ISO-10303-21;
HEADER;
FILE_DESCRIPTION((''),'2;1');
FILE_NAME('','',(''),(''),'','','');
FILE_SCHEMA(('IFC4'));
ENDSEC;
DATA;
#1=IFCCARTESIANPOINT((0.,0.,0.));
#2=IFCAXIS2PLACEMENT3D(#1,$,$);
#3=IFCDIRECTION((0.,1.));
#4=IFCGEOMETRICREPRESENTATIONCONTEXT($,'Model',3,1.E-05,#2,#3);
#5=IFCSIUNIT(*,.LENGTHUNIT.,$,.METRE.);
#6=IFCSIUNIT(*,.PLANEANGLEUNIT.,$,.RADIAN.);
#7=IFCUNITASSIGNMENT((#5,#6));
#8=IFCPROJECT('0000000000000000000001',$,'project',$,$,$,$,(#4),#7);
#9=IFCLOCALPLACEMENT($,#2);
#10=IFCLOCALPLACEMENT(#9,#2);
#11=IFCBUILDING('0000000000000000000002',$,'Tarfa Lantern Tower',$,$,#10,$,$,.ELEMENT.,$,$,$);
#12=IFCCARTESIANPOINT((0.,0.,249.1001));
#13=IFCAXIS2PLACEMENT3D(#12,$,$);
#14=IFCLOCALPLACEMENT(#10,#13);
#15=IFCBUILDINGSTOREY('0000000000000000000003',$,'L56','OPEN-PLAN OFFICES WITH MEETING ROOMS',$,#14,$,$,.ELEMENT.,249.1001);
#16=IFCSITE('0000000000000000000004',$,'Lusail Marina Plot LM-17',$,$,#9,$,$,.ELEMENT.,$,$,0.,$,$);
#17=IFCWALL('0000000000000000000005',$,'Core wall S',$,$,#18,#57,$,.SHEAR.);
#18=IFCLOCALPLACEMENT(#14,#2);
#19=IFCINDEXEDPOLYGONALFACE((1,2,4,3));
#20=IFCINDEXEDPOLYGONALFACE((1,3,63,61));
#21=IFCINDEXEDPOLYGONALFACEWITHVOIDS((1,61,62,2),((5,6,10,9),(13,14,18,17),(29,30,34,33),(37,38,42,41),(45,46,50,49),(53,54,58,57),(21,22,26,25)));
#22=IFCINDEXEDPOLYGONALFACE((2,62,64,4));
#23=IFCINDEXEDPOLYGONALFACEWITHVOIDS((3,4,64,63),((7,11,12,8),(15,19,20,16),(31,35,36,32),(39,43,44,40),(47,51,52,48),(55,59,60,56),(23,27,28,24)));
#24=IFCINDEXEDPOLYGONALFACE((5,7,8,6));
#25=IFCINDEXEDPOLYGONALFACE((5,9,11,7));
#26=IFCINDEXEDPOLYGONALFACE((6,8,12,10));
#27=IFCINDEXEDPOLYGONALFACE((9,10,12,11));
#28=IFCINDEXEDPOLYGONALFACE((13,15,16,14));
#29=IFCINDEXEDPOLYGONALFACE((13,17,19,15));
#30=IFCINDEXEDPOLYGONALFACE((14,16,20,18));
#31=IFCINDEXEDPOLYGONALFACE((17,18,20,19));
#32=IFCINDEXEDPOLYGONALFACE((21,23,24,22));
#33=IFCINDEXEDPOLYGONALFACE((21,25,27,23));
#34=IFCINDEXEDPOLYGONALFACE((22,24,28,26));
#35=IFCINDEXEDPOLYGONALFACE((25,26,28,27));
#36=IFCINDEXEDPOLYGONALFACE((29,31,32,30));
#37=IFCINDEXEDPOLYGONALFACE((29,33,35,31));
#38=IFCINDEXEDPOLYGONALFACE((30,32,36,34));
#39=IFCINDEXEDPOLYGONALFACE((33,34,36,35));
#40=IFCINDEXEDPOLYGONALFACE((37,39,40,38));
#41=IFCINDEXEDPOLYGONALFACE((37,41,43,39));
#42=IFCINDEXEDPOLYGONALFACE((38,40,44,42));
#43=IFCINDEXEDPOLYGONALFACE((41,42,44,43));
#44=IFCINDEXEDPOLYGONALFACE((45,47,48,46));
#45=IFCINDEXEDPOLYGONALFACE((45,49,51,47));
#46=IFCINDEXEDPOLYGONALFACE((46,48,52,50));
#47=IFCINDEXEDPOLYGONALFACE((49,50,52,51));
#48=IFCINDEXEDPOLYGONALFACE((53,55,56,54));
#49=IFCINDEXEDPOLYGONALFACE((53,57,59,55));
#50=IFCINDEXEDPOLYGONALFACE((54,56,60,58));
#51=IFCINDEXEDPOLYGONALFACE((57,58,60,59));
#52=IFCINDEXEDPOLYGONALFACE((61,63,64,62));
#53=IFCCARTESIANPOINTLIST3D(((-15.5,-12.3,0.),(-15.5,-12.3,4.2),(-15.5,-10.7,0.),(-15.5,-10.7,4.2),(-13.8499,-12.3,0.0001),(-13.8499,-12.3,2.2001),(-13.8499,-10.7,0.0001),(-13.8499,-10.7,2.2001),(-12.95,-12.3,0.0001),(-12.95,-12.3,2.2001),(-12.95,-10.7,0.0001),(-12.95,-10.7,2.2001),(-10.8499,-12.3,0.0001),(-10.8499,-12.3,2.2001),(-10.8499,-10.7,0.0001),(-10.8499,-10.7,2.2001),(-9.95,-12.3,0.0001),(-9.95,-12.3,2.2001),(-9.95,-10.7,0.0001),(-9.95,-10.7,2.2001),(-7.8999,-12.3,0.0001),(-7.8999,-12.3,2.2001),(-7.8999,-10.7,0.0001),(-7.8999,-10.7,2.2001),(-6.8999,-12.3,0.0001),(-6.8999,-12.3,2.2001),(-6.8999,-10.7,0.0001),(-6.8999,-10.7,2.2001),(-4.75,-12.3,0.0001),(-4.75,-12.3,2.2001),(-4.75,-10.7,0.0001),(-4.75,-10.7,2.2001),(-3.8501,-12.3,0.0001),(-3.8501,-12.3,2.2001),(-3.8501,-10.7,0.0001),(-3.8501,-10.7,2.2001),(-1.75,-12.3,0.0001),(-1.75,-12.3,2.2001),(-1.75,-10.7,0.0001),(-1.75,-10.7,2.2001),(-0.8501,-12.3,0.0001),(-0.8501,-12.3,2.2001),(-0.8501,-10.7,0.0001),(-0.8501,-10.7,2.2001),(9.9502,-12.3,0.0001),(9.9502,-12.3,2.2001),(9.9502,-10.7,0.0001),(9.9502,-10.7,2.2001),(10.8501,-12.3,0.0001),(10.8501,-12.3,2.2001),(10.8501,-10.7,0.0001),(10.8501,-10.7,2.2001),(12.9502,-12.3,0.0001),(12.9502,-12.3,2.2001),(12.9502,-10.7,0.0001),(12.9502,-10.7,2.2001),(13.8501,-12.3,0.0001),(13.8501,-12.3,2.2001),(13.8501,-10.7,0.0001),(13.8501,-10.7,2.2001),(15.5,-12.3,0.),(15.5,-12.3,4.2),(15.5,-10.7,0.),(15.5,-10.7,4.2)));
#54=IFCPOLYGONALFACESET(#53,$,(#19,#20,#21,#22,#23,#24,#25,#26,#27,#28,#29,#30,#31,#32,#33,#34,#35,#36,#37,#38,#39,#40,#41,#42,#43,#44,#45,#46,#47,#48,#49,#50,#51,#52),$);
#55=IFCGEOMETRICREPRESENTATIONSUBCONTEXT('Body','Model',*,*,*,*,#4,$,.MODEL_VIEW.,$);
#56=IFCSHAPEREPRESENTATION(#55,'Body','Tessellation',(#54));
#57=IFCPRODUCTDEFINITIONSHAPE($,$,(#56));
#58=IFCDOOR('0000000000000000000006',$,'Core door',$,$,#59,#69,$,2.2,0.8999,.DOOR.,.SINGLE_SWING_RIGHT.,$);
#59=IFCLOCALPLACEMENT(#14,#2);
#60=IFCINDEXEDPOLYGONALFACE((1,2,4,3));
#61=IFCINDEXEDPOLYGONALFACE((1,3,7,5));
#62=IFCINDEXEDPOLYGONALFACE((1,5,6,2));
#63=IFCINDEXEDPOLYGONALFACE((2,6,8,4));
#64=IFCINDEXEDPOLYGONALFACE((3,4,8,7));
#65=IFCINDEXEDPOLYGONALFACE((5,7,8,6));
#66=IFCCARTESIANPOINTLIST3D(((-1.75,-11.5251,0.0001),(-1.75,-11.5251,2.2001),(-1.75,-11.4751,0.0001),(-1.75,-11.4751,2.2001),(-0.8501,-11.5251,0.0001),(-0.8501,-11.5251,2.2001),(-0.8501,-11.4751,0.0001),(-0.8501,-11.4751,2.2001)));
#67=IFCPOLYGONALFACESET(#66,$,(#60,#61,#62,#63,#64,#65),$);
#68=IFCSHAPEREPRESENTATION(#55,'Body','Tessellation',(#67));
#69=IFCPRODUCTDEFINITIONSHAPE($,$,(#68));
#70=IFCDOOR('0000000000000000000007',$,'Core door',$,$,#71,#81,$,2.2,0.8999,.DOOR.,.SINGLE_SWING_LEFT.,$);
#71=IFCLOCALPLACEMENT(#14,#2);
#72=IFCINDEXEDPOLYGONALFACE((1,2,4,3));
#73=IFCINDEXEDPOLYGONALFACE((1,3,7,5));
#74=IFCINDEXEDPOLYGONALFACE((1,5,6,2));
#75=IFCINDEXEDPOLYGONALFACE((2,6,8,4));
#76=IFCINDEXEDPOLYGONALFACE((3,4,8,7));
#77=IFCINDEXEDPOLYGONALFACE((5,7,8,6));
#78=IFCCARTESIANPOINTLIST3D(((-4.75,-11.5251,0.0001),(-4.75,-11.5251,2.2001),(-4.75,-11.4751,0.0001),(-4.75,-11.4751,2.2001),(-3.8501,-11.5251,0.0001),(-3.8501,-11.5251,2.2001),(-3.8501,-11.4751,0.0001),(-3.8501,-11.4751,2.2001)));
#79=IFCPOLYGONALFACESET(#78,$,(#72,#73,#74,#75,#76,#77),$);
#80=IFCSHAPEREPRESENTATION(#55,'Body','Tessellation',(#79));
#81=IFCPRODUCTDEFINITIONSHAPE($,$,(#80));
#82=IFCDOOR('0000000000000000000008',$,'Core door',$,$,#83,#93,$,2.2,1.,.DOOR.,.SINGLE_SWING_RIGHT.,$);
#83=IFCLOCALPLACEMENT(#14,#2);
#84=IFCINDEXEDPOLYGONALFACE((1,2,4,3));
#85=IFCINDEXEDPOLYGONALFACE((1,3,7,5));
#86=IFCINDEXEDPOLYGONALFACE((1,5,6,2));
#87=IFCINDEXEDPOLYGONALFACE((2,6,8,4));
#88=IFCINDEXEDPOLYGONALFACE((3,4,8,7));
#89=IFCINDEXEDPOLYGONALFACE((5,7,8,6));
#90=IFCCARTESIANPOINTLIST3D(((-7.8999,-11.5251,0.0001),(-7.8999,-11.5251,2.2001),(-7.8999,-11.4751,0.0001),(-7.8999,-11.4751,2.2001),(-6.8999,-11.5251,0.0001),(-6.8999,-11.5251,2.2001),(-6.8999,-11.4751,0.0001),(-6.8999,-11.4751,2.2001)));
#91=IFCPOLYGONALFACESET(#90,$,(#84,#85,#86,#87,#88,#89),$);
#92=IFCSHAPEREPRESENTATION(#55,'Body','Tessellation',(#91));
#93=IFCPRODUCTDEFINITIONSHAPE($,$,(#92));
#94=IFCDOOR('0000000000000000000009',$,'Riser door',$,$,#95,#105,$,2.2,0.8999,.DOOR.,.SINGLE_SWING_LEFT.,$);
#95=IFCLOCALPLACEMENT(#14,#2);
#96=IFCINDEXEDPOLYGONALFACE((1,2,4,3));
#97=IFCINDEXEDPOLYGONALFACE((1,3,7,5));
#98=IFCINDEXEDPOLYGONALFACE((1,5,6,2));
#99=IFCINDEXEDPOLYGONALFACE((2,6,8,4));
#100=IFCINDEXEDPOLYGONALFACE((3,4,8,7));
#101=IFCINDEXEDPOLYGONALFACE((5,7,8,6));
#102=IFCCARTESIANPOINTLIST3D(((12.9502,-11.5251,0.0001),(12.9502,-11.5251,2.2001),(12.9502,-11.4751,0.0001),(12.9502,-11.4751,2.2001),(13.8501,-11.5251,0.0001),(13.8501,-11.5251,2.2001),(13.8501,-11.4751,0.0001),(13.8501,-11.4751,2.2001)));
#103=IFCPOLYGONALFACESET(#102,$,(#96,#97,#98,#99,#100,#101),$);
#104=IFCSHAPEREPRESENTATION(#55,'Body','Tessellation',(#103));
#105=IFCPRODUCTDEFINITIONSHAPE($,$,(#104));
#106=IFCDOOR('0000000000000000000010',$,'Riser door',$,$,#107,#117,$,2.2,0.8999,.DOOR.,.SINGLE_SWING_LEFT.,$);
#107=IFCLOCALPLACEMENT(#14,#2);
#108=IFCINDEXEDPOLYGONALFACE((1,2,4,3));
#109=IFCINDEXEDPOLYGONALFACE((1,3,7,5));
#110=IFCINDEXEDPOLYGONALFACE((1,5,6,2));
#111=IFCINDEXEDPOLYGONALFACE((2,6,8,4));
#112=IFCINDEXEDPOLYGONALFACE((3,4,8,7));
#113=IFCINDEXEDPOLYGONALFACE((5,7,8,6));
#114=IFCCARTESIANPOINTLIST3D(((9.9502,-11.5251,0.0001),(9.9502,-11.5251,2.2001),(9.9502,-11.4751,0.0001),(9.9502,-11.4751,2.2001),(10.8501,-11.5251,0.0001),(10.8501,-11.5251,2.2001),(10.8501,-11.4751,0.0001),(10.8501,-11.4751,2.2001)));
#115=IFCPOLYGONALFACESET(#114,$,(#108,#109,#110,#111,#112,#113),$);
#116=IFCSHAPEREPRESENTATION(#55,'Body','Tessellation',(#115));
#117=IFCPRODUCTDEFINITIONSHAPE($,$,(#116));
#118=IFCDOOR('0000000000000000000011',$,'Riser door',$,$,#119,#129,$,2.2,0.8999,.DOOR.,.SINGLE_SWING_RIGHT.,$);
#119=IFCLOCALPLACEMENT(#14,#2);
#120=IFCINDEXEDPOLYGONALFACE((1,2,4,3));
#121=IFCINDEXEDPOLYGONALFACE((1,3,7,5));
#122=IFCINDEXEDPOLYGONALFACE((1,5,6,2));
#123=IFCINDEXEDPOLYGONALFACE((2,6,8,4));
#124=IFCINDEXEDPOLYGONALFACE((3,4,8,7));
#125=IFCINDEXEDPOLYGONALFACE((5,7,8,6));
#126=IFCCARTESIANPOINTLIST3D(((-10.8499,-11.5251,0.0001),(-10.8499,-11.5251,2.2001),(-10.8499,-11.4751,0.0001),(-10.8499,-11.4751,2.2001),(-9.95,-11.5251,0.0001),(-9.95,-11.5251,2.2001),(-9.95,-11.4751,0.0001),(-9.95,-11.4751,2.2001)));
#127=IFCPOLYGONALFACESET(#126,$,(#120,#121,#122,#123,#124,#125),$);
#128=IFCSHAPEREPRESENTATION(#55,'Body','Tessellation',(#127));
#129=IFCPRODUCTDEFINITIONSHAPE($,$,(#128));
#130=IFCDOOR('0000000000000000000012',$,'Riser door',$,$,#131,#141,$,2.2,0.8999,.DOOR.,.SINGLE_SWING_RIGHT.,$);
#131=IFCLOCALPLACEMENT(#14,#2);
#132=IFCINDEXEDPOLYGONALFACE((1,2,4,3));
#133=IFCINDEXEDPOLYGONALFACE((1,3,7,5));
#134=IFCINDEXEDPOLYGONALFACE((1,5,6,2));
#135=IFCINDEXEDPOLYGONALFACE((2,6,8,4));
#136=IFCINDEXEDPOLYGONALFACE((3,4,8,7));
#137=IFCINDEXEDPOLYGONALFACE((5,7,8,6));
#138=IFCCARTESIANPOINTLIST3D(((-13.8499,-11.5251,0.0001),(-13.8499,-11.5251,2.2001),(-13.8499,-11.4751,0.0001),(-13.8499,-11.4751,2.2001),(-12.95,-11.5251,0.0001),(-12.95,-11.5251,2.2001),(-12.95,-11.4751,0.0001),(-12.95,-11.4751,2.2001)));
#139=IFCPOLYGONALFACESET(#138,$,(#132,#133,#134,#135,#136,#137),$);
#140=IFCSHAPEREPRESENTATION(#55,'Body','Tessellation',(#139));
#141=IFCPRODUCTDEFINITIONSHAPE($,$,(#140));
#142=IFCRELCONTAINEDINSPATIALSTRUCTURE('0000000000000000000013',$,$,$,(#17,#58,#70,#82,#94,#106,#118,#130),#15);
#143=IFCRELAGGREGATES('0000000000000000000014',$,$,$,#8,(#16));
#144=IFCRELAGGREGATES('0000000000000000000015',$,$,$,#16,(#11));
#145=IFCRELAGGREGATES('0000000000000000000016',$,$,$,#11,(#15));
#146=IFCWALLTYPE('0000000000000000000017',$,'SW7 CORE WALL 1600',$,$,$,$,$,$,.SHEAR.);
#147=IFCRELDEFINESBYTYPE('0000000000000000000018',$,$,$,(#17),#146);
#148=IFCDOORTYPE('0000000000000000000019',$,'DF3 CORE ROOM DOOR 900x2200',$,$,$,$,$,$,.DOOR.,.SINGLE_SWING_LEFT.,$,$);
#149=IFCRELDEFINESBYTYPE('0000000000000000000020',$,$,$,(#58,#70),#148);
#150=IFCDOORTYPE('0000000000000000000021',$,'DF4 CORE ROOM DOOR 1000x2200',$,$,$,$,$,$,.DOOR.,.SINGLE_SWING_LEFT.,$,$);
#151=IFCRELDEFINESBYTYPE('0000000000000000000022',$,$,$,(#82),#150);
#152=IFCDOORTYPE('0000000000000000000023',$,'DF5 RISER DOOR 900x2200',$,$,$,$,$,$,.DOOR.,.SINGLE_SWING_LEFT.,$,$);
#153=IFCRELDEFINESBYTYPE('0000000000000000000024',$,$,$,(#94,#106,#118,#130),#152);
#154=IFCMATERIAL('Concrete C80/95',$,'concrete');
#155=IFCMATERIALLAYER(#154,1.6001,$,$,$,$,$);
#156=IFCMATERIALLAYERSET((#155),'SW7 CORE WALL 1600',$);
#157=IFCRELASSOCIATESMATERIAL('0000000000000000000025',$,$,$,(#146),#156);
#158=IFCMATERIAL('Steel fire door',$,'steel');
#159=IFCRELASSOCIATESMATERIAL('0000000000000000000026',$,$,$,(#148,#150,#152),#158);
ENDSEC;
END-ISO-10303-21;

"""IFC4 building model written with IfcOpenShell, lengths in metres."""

from ifc_helpers import new_model, si_unit, direction, frame, frame_2d, origin, place, context, subcontext, project, spatial, rectangle, extrude, material, layer, layer_set, type_object, element, fill, save


model = new_model("IFC4")

# Units and contexts
model_context = context("Model", 3, precision=1e-05, world=origin(), true_north=direction((0.0, 1.0)))
body_context = subcontext(model_context, "Body", "Model", "MODEL_VIEW")
ifc_project = project(units=[si_unit("LENGTHUNIT", "METRE"), si_unit("PLANEANGLEUNIT", "RADIAN")], contexts=[model_context])

# Site, building, storey
site_placement = place(None, origin())
site = spatial("IfcSite", under=ifc_project, at=site_placement, Name="Lusail Marina Plot LM-17", CompositionType="ELEMENT", RefElevation=0.0)
building_placement = place(site_placement, origin())
building = spatial("IfcBuilding", under=site, at=building_placement, Name="Tarfa Lantern Tower", CompositionType="ELEMENT")
storey_placement = place(building_placement, frame((0.0, 0.0, 249.1001)))
storey = spatial("IfcBuildingStorey", under=building, at=storey_placement, Name="L56", Description="OPEN-PLAN OFFICES WITH MEETING ROOMS", CompositionType="ELEMENT", Elevation=249.1001)

# Shared definitions
ifc_material_1 = material(Name="Concrete C80/95", Category="concrete")

# Shared definitions
ifc_material_2 = material(Name="Steel fire door", Category="steel")

# Wall, openings, doors
ifc_layer_1 = layer(ifc_material_1, 1.6001)
ifc_layer_set_1 = layer_set([ifc_layer_1], Name="SW7 CORE WALL 1600")
wall_type_1 = type_object("IfcWallType", Name="SW7 CORE WALL 1600", PredefinedType="SHEAR", material=ifc_layer_set_1)
wall_1_placement = place(storey_placement, frame((15.5, -11.5, 0.0), z_axis=(0.0, 0.0, 1.0), x_axis=(-1.0, 0.0, 0.0)))
wall_1 = element("IfcWall", 1, at=wall_1_placement, inside=storey, type_object=wall_type_1, Name="Core wall S", PredefinedType="SHEAR", context=body_context, shape_type="SweptSolid", body=[
    extrude(rectangle(XDim=31.0, YDim=1.6001, at=frame_2d((15.5, 0.0))), origin(), (0.0, 0.0, 1.0), 4.2),
])
opening_1_placement = place(wall_1_placement, frame((16.3501, 0.0, 0.0)))
opening_1 = element("IfcOpeningElement", 2, at=opening_1_placement, cuts=wall_1, PredefinedType="OPENING", context=body_context, shape_type="SweptSolid", body=[
    extrude(rectangle(XDim=0.8999, YDim=2.2, at=frame_2d((0.45, 1.1001))), frame((0.0, 0.8101, 0.0), z_axis=(0.0, -1.0, 0.0), x_axis=(1.0, 0.0, 0.0)), (0.0, 0.0, 1.0), 1.6201),
])
opening_2_placement = place(wall_1_placement, frame((19.3501, 0.0, 0.0)))
opening_2 = element("IfcOpeningElement", 3, at=opening_2_placement, cuts=wall_1, PredefinedType="OPENING", context=body_context, shape_type="SweptSolid", body=[
    extrude(rectangle(XDim=0.8999, YDim=2.2, at=frame_2d((0.45, 1.1001))), frame((0.0, 0.8101, 0.0), z_axis=(0.0, -1.0, 0.0), x_axis=(1.0, 0.0, 0.0)), (0.0, 0.0, 1.0), 1.6201),
])
opening_3_placement = place(wall_1_placement, frame((22.3999, 0.0, 0.0)))
opening_3 = element("IfcOpeningElement", 4, at=opening_3_placement, cuts=wall_1, PredefinedType="OPENING", context=body_context, shape_type="SweptSolid", body=[
    extrude(rectangle(XDim=1.0, YDim=2.2, at=frame_2d((0.5, 1.1001))), frame((0.0, 0.8101, 0.0), z_axis=(0.0, -1.0, 0.0), x_axis=(1.0, 0.0, 0.0)), (0.0, 0.0, 1.0), 1.6201),
])
opening_4_placement = place(wall_1_placement, frame((1.6499, 0.0, 0.0)))
opening_4 = element("IfcOpeningElement", 5, at=opening_4_placement, cuts=wall_1, PredefinedType="OPENING", context=body_context, shape_type="SweptSolid", body=[
    extrude(rectangle(XDim=0.8999, YDim=2.2, at=frame_2d((0.45, 1.1001))), frame((0.0, 0.8101, 0.0), z_axis=(0.0, -1.0, 0.0), x_axis=(1.0, 0.0, 0.0)), (0.0, 0.0, 1.0), 1.6201),
])
opening_5_placement = place(wall_1_placement, frame((4.6499, 0.0, 0.0)))
opening_5 = element("IfcOpeningElement", 6, at=opening_5_placement, cuts=wall_1, PredefinedType="OPENING", context=body_context, shape_type="SweptSolid", body=[
    extrude(rectangle(XDim=0.8999, YDim=2.2, at=frame_2d((0.45, 1.1001))), frame((0.0, 0.8101, 0.0), z_axis=(0.0, -1.0, 0.0), x_axis=(1.0, 0.0, 0.0)), (0.0, 0.0, 1.0), 1.6201),
])
opening_6_placement = place(wall_1_placement, frame((25.45, 0.0, 0.0)))
opening_6 = element("IfcOpeningElement", 7, at=opening_6_placement, cuts=wall_1, PredefinedType="OPENING", context=body_context, shape_type="SweptSolid", body=[
    extrude(rectangle(XDim=0.8999, YDim=2.2, at=frame_2d((0.45, 1.1001))), frame((0.0, 0.8101, 0.0), z_axis=(0.0, -1.0, 0.0), x_axis=(1.0, 0.0, 0.0)), (0.0, 0.0, 1.0), 1.6201),
])
opening_7_placement = place(wall_1_placement, frame((28.45, 0.0, 0.0)))
opening_7 = element("IfcOpeningElement", 8, at=opening_7_placement, cuts=wall_1, PredefinedType="OPENING", context=body_context, shape_type="SweptSolid", body=[
    extrude(rectangle(XDim=0.8999, YDim=2.2, at=frame_2d((0.45, 1.1001))), frame((0.0, 0.8101, 0.0), z_axis=(0.0, -1.0, 0.0), x_axis=(1.0, 0.0, 0.0)), (0.0, 0.0, 1.0), 1.6201),
])
door_type_1 = type_object("IfcDoorType", Name="DF3 CORE ROOM DOOR 900x2200", OperationType="SINGLE_SWING_LEFT", PredefinedType="DOOR", material=ifc_material_2)
door_1_placement = place(opening_1_placement, frame((0.8999, 0.0, 0.0), z_axis=(0.0, 0.0, 1.0), x_axis=(-1.0, 0.0, 0.0)))
door_1 = element("IfcDoor", 9, at=door_1_placement, inside=storey, type_object=door_type_1, Name="Core door", OperationType="SINGLE_SWING_RIGHT", OverallHeight=2.2, OverallWidth=0.8999, PredefinedType="DOOR", context=body_context, shape_type="SweptSolid", body=[
    extrude(rectangle(XDim=0.8999, YDim=2.2, at=frame_2d((0.45, 1.1001))), frame((0.0, 0.0249, 0.0), z_axis=(0.0, -1.0, 0.0), x_axis=(1.0, 0.0, 0.0)), (0.0, 0.0, 1.0), 0.05),
])
fill(opening_1, door_1)
door_2_placement = place(opening_2_placement, frame((0.8999, 0.0, 0.0), z_axis=(0.0, 0.0, 1.0), x_axis=(-1.0, 0.0, 0.0)))
door_2 = element("IfcDoor", 10, at=door_2_placement, inside=storey, type_object=door_type_1, Name="Core door", OperationType="SINGLE_SWING_LEFT", OverallHeight=2.2, OverallWidth=0.8999, PredefinedType="DOOR", context=body_context, shape_type="SweptSolid", body=[
    extrude(rectangle(XDim=0.8999, YDim=2.2, at=frame_2d((0.45, 1.1001))), frame((0.0, 0.0249, 0.0), z_axis=(0.0, -1.0, 0.0), x_axis=(1.0, 0.0, 0.0)), (0.0, 0.0, 1.0), 0.05),
])
fill(opening_2, door_2)
door_type_2 = type_object("IfcDoorType", Name="DF4 CORE ROOM DOOR 1000x2200", OperationType="SINGLE_SWING_LEFT", PredefinedType="DOOR", material=ifc_material_2)
door_3_placement = place(opening_3_placement, frame((1.0, 0.0, 0.0), z_axis=(0.0, 0.0, 1.0), x_axis=(-1.0, 0.0, 0.0)))
door_3 = element("IfcDoor", 11, at=door_3_placement, inside=storey, type_object=door_type_2, Name="Core door", OperationType="SINGLE_SWING_RIGHT", OverallHeight=2.2, OverallWidth=1.0, PredefinedType="DOOR", context=body_context, shape_type="SweptSolid", body=[
    extrude(rectangle(XDim=1.0, YDim=2.2, at=frame_2d((0.5, 1.1001))), frame((0.0, 0.0249, 0.0), z_axis=(0.0, -1.0, 0.0), x_axis=(1.0, 0.0, 0.0)), (0.0, 0.0, 1.0), 0.05),
])
fill(opening_3, door_3)
door_type_3 = type_object("IfcDoorType", Name="DF5 RISER DOOR 900x2200", OperationType="SINGLE_SWING_LEFT", PredefinedType="DOOR", material=ifc_material_2)
door_4_placement = place(opening_4_placement, frame((0.8999, 0.0, 0.0), z_axis=(0.0, 0.0, 1.0), x_axis=(-1.0, 0.0, 0.0)))
door_4 = element("IfcDoor", 12, at=door_4_placement, inside=storey, type_object=door_type_3, Name="Riser door", OperationType="SINGLE_SWING_LEFT", OverallHeight=2.2, OverallWidth=0.8999, PredefinedType="DOOR", context=body_context, shape_type="SweptSolid", body=[
    extrude(rectangle(XDim=0.8999, YDim=2.2, at=frame_2d((0.45, 1.1001))), frame((0.0, 0.0249, 0.0), z_axis=(0.0, -1.0, 0.0), x_axis=(1.0, 0.0, 0.0)), (0.0, 0.0, 1.0), 0.05),
])
fill(opening_4, door_4)
door_5_placement = place(opening_5_placement, frame((0.8999, 0.0, 0.0), z_axis=(0.0, 0.0, 1.0), x_axis=(-1.0, 0.0, 0.0)))
door_5 = element("IfcDoor", 13, at=door_5_placement, inside=storey, type_object=door_type_3, Name="Riser door", OperationType="SINGLE_SWING_LEFT", OverallHeight=2.2, OverallWidth=0.8999, PredefinedType="DOOR", context=body_context, shape_type="SweptSolid", body=[
    extrude(rectangle(XDim=0.8999, YDim=2.2, at=frame_2d((0.45, 1.1001))), frame((0.0, 0.0249, 0.0), z_axis=(0.0, -1.0, 0.0), x_axis=(1.0, 0.0, 0.0)), (0.0, 0.0, 1.0), 0.05),
])
fill(opening_5, door_5)
door_6_placement = place(opening_6_placement, frame((0.8999, 0.0, 0.0), z_axis=(0.0, 0.0, 1.0), x_axis=(-1.0, 0.0, 0.0)))
door_6 = element("IfcDoor", 14, at=door_6_placement, inside=storey, type_object=door_type_3, Name="Riser door", OperationType="SINGLE_SWING_RIGHT", OverallHeight=2.2, OverallWidth=0.8999, PredefinedType="DOOR", context=body_context, shape_type="SweptSolid", body=[
    extrude(rectangle(XDim=0.8999, YDim=2.2, at=frame_2d((0.45, 1.1001))), frame((0.0, 0.0249, 0.0), z_axis=(0.0, -1.0, 0.0), x_axis=(1.0, 0.0, 0.0)), (0.0, 0.0, 1.0), 0.05),
])
fill(opening_6, door_6)
door_7_placement = place(opening_7_placement, frame((0.8999, 0.0, 0.0), z_axis=(0.0, 0.0, 1.0), x_axis=(-1.0, 0.0, 0.0)))
door_7 = element("IfcDoor", 15, at=door_7_placement, inside=storey, type_object=door_type_3, Name="Riser door", OperationType="SINGLE_SWING_RIGHT", OverallHeight=2.2, OverallWidth=0.8999, PredefinedType="DOOR", context=body_context, shape_type="SweptSolid", body=[
    extrude(rectangle(XDim=0.8999, YDim=2.2, at=frame_2d((0.45, 1.1001))), frame((0.0, 0.0249, 0.0), z_axis=(0.0, -1.0, 0.0), x_axis=(1.0, 0.0, 0.0)), (0.0, 0.0, 1.0), 0.05),
])
fill(opening_7, door_7)

save(model, "model.ifc")
